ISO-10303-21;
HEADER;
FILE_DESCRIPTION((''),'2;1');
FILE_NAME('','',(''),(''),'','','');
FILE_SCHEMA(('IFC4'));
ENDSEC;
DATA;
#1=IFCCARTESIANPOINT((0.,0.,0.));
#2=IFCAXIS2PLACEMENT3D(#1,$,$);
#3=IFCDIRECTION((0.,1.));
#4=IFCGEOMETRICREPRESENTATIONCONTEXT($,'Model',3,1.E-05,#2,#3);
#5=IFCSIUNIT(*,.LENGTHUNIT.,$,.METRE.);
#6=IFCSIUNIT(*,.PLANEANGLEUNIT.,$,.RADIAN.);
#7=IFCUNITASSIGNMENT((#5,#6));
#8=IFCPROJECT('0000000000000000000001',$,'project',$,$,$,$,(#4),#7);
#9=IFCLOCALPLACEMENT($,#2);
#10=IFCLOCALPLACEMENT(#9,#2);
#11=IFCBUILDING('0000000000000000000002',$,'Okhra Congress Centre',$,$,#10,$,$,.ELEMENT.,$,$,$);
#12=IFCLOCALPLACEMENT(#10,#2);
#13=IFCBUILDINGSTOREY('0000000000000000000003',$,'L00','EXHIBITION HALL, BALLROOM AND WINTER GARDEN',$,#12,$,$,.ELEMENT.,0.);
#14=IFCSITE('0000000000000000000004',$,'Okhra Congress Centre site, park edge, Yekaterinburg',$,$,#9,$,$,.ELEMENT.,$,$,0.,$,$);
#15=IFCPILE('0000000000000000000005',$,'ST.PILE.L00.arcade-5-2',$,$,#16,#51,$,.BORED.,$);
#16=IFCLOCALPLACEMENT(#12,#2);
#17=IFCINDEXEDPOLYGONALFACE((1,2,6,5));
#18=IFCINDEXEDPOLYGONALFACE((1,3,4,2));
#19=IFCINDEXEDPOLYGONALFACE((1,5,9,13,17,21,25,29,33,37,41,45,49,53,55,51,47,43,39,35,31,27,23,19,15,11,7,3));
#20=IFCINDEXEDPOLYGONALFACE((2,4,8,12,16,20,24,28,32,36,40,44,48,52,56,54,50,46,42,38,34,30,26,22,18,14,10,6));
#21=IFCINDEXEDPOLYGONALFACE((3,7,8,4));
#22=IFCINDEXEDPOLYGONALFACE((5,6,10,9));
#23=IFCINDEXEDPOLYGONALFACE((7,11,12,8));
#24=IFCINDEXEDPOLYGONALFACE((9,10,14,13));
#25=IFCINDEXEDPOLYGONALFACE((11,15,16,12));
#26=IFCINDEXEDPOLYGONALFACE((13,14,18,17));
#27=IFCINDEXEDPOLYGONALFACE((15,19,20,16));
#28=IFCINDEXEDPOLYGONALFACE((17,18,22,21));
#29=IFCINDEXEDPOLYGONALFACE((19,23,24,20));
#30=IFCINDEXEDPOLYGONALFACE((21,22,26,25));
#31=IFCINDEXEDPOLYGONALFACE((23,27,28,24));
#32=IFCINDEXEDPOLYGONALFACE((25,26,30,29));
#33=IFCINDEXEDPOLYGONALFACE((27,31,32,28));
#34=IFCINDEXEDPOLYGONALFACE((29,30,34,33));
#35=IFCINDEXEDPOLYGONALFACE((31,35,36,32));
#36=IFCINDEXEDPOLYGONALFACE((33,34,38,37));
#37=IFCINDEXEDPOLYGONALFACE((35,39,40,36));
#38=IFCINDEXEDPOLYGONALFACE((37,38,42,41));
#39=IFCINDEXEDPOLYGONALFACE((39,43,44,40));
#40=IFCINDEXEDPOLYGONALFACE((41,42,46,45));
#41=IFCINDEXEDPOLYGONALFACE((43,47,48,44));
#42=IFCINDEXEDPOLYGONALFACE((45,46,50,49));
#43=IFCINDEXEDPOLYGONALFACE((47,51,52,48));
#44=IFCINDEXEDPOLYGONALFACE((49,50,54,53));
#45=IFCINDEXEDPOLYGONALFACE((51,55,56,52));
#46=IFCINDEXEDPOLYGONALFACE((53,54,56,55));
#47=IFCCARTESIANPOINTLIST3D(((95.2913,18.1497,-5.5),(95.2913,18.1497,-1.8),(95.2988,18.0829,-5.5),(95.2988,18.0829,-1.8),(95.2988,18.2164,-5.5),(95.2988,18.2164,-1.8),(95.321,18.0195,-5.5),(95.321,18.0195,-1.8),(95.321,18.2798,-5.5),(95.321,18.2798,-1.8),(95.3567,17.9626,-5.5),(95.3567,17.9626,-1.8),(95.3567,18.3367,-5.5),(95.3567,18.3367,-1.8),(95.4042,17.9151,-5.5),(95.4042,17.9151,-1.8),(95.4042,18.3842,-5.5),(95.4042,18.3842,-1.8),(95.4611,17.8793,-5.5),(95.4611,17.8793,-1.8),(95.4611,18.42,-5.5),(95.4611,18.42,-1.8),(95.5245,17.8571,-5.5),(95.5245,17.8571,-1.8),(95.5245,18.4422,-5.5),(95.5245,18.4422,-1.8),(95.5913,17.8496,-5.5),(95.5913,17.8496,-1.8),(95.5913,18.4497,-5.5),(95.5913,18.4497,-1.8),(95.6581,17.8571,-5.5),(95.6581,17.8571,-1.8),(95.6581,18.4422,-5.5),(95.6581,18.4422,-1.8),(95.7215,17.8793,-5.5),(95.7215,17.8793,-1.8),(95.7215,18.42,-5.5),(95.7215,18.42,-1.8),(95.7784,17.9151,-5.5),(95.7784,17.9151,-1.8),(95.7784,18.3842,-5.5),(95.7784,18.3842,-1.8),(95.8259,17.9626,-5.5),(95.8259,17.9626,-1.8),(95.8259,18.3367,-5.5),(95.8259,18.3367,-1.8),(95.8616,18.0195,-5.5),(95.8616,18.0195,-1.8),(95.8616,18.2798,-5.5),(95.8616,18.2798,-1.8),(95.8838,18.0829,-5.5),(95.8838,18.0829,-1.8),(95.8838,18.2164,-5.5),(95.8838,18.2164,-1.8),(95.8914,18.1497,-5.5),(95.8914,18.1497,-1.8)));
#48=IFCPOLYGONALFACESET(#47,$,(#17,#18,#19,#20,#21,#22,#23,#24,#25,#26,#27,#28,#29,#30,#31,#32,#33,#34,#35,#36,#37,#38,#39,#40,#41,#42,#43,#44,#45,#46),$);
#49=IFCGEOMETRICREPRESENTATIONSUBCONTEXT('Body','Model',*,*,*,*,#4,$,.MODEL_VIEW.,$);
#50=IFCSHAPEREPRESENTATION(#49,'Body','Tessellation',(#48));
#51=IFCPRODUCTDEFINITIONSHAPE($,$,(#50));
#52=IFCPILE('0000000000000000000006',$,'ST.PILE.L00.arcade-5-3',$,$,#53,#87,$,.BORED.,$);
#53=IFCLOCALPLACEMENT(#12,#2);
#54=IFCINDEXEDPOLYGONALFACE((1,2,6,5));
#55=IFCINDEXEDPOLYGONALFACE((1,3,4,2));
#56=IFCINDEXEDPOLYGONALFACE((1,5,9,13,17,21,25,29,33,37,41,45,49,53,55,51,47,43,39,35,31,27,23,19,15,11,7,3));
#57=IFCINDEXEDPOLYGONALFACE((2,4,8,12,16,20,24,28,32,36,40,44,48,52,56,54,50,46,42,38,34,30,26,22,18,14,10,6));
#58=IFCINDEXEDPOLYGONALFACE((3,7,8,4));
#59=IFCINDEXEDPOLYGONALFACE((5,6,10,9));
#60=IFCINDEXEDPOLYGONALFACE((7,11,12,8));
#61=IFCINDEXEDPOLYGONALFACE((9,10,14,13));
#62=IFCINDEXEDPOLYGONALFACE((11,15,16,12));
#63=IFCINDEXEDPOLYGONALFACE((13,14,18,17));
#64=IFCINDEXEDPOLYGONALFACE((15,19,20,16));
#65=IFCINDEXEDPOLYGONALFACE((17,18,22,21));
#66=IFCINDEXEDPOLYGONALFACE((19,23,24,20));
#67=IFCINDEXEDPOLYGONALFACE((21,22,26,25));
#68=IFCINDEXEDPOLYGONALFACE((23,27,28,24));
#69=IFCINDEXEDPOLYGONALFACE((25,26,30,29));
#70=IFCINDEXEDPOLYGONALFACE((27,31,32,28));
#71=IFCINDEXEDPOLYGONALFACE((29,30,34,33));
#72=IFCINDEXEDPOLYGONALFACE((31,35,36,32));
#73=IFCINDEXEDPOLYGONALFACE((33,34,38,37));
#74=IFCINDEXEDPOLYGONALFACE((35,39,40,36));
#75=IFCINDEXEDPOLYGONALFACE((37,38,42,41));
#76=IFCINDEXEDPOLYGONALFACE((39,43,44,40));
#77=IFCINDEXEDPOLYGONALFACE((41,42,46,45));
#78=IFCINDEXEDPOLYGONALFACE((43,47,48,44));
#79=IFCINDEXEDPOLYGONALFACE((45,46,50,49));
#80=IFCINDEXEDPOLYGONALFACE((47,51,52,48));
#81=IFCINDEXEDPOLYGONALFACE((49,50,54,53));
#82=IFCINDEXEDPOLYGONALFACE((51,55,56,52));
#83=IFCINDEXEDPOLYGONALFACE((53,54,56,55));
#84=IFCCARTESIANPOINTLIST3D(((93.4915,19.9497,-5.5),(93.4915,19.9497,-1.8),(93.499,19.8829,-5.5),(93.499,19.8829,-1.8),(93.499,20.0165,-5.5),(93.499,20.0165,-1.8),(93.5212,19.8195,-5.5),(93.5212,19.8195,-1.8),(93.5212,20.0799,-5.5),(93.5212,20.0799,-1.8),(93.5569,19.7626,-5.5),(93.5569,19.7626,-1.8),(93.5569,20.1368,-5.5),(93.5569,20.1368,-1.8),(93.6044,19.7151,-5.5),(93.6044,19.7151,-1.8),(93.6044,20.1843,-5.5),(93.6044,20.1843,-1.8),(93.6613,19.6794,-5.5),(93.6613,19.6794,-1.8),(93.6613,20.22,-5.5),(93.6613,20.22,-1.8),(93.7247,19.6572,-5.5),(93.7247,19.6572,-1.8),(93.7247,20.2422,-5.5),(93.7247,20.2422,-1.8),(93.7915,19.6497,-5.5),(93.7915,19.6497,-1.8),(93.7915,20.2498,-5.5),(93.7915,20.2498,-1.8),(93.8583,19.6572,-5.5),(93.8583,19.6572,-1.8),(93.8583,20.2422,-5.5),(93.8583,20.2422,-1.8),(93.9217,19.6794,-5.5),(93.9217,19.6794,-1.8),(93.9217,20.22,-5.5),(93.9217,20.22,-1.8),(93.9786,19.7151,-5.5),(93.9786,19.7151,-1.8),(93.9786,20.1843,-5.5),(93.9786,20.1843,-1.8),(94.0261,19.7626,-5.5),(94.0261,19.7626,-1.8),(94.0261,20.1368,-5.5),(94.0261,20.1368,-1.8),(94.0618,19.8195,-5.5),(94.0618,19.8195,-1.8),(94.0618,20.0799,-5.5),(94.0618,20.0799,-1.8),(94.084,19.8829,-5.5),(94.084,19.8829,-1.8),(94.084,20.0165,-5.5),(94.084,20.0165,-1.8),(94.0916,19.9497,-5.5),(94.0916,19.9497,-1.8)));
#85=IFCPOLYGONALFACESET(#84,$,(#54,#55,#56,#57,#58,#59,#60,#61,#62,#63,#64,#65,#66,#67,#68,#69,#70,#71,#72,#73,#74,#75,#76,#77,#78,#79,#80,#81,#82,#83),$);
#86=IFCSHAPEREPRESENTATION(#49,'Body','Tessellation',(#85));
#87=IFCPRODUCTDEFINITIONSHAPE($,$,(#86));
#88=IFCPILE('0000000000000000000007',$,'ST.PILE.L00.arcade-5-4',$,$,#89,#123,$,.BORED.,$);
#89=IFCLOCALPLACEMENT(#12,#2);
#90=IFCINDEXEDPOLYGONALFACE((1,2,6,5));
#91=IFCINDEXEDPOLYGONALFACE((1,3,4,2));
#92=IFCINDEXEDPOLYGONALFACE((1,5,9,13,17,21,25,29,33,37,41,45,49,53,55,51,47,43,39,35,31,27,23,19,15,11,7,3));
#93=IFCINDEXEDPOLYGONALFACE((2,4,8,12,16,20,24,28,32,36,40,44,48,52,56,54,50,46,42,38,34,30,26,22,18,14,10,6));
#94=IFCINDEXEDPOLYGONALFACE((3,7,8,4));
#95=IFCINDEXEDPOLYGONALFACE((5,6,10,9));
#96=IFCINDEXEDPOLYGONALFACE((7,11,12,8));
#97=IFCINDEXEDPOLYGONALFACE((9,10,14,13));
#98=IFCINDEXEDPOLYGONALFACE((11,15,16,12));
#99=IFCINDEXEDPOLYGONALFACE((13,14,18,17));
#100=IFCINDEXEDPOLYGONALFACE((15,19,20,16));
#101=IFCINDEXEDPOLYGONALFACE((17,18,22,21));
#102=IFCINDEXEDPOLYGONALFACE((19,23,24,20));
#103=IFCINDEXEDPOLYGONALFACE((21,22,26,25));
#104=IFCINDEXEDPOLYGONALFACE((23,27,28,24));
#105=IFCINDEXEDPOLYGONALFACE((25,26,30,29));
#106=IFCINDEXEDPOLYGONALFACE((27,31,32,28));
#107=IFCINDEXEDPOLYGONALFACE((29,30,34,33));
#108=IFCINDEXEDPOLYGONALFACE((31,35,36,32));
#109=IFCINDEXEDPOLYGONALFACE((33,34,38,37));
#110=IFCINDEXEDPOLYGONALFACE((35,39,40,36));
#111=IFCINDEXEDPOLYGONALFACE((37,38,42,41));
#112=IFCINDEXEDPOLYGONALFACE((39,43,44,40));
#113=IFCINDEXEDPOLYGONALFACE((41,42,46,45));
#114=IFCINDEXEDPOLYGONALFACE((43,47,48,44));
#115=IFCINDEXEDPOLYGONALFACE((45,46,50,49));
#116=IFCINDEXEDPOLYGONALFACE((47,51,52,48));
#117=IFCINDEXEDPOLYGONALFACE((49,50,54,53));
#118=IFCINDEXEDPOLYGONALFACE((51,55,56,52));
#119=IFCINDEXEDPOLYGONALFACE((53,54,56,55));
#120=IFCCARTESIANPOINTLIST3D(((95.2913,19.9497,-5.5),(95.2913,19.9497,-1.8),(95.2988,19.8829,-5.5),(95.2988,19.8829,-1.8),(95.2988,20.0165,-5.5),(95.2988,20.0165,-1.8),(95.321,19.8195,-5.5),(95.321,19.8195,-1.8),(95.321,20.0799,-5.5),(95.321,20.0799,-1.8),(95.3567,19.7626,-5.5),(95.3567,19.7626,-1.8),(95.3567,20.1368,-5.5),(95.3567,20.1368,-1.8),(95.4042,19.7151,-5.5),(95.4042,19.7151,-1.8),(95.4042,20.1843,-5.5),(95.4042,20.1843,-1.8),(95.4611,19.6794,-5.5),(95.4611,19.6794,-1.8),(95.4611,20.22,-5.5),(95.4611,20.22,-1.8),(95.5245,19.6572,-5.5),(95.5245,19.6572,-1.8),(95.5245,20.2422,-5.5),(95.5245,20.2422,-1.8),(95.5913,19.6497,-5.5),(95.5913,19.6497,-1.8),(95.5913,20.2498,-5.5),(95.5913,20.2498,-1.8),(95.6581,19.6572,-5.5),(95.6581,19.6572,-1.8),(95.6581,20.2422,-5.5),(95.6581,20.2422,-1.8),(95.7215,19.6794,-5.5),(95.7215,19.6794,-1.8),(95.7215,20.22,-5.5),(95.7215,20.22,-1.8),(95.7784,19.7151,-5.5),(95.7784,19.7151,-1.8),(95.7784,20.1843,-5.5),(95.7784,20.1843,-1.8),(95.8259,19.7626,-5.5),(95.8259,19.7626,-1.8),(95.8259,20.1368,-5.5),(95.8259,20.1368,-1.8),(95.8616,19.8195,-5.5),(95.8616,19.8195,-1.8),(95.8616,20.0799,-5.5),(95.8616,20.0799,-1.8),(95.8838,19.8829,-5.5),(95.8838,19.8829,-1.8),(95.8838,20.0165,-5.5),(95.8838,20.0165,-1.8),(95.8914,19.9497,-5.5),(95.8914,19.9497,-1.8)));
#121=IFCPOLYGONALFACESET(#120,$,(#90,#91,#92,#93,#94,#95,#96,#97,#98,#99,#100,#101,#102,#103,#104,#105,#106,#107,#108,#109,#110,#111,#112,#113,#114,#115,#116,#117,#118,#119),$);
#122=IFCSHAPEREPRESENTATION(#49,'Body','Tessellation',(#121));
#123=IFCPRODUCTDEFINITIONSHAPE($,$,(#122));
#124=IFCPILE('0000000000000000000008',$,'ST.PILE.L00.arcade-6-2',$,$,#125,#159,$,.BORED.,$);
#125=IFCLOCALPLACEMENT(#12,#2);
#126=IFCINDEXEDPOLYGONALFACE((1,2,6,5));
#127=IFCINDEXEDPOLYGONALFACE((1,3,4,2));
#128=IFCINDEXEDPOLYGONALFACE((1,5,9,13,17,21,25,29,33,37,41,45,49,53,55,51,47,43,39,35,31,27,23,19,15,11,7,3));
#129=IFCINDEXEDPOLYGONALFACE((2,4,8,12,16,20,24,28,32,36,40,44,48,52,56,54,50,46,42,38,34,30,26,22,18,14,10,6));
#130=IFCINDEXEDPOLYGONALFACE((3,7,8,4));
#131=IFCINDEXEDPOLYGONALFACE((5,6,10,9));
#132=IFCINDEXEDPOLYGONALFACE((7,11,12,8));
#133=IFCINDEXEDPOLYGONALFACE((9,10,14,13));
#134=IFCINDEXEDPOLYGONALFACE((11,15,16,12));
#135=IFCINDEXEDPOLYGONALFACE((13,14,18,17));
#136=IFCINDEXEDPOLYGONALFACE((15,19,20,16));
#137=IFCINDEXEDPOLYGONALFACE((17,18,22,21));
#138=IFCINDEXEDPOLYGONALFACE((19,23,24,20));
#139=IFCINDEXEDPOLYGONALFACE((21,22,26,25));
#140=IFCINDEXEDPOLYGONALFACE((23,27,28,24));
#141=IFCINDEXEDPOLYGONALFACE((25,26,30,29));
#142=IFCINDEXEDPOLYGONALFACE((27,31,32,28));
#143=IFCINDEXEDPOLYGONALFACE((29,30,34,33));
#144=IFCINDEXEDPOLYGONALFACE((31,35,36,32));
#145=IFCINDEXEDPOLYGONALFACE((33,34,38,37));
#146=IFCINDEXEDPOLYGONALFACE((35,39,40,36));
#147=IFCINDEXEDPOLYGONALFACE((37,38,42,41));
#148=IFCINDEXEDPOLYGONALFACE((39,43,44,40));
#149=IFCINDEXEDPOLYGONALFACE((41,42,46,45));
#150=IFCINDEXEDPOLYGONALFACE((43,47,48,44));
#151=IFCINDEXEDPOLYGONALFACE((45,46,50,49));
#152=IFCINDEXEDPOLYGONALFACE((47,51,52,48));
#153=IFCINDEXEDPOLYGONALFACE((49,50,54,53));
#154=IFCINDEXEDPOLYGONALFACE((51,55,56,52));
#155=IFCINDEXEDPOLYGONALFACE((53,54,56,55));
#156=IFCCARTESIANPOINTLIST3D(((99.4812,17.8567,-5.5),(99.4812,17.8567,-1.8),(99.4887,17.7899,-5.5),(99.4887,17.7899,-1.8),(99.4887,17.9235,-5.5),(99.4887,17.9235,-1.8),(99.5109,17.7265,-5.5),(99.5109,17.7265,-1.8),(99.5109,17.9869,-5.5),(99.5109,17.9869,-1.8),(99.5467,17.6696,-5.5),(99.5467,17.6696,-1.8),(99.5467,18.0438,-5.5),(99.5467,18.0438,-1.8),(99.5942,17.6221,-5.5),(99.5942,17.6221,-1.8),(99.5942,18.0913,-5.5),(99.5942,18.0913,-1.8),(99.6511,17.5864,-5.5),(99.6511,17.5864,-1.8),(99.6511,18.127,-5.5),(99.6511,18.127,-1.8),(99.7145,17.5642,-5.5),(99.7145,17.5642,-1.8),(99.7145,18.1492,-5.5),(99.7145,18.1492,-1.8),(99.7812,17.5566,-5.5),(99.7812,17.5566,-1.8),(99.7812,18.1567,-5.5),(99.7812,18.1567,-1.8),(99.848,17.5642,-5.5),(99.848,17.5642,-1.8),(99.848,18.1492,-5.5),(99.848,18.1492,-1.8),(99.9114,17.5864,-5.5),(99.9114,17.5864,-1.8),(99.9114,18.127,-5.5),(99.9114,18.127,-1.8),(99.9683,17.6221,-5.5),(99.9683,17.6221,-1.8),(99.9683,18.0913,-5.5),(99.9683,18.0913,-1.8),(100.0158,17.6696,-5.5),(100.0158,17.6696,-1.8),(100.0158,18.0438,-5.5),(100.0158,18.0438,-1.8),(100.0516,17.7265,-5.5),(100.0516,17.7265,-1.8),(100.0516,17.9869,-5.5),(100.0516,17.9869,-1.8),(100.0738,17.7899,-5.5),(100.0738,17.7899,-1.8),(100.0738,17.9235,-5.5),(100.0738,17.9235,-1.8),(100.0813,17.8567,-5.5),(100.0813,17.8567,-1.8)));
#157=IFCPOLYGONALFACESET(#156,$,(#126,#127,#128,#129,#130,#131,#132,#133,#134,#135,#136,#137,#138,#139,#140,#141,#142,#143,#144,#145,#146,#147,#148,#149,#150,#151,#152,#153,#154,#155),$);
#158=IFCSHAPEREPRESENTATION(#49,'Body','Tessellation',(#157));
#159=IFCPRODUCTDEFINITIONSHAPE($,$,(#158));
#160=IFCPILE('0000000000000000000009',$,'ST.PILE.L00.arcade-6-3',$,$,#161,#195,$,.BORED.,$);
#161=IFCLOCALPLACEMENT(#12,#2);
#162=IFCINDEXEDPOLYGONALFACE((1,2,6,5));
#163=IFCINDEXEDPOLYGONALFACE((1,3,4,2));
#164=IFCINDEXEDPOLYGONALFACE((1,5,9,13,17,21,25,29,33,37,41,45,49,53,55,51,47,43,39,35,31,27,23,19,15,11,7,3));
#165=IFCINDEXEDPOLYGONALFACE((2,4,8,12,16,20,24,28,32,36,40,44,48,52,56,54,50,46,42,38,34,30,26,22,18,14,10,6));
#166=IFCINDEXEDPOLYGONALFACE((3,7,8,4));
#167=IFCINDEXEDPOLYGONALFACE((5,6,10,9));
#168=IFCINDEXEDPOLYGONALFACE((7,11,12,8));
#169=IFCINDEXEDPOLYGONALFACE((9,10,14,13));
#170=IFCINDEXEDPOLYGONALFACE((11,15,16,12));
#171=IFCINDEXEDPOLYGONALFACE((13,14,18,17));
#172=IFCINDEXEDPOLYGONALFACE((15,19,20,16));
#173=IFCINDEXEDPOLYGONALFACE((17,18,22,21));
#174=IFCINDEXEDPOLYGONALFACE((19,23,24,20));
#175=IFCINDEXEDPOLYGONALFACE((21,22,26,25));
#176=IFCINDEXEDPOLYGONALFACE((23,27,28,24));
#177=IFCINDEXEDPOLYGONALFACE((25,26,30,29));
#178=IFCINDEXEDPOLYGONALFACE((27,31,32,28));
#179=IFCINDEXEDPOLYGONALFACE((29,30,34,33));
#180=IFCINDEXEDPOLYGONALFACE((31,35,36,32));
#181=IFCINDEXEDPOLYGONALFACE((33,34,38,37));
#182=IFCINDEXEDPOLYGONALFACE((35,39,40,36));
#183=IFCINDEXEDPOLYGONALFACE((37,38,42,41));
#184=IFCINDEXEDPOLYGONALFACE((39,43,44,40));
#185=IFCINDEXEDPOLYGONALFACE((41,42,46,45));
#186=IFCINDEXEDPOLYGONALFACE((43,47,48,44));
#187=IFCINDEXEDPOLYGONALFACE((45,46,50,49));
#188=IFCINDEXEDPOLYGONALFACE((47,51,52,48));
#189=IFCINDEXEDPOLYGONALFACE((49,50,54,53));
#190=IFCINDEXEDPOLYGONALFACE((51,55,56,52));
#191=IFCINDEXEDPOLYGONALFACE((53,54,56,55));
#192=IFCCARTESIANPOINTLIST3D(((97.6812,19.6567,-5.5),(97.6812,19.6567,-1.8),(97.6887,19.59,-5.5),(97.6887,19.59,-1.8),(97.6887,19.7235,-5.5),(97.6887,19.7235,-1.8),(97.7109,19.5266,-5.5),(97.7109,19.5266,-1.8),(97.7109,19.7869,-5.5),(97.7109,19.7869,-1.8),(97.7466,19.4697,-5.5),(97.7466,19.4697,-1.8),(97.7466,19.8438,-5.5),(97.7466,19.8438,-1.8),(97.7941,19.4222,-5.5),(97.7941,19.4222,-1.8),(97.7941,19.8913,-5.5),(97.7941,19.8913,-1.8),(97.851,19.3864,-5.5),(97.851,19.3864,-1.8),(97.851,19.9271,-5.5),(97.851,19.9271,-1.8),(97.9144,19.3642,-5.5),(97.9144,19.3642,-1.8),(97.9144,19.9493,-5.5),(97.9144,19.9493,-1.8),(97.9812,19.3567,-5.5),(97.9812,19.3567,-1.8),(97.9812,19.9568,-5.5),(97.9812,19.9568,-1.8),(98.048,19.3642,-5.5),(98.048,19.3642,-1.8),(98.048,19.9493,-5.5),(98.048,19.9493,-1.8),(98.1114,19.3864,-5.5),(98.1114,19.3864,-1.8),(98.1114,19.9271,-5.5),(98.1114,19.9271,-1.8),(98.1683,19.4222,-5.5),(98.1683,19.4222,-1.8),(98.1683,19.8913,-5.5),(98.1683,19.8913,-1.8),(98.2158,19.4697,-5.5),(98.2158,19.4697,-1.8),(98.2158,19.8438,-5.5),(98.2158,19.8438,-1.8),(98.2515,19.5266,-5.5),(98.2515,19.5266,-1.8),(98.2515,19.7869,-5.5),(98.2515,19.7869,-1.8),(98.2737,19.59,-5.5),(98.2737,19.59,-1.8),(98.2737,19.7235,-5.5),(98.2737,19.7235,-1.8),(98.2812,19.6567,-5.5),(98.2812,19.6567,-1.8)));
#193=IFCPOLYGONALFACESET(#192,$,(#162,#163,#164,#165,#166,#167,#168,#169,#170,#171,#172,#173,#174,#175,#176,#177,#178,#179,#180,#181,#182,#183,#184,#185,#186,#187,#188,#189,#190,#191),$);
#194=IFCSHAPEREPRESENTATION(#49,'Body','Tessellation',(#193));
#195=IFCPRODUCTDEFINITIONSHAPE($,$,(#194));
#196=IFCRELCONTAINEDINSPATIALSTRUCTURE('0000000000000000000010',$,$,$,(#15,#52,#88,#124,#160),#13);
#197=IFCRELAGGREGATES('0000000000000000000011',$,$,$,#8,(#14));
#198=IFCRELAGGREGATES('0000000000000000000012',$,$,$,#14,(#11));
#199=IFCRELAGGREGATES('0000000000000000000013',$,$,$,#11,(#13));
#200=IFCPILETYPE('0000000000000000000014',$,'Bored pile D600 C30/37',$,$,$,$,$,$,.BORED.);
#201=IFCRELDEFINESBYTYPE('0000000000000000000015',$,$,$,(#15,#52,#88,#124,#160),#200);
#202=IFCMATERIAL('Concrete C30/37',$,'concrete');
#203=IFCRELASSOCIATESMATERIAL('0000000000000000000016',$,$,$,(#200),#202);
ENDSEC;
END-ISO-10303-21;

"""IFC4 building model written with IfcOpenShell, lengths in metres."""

from ifc_helpers import new_model, si_unit, direction, frame, origin, origin_2d, place, context, subcontext, project, spatial, circle, extrude, material, material_profile, profile_set, type_object, element, save


model = new_model("IFC4")

# Units and contexts
model_context = context("Model", 3, precision=1e-05, world=origin(), true_north=direction((0.0, 1.0)))
body_context = subcontext(model_context, "Body", "Model", "MODEL_VIEW")
ifc_project = project(units=[si_unit("LENGTHUNIT", "METRE"), si_unit("PLANEANGLEUNIT", "RADIAN")], contexts=[model_context])

# Site, building, storey
site_placement = place(None, origin())
site = spatial("IfcSite", under=ifc_project, at=site_placement, Name="Okhra Congress Centre site, park edge, Yekaterinburg", CompositionType="ELEMENT", RefElevation=0.0)
building_placement = place(site_placement, origin())
building = spatial("IfcBuilding", under=site, at=building_placement, Name="Okhra Congress Centre", CompositionType="ELEMENT")
storey_placement = place(building_placement, origin())
storey = spatial("IfcBuildingStorey", under=building, at=storey_placement, Name="L00", Description="EXHIBITION HALL, BALLROOM AND WINTER GARDEN", CompositionType="ELEMENT", Elevation=0.0)

# Piles
ifc_material_1 = material(Name="Concrete C30/37", Category="concrete")
ifc_material_profile_1 = material_profile(ifc_material_1, circle(Radius=0.3, at=origin_2d()), Name="D600")
ifc_profile_set_1 = profile_set([ifc_material_profile_1], Name="Concrete C30/37")
pile_type_1 = type_object("IfcPileType", Name="Bored pile D600 C30/37", PredefinedType="BORED", material=ifc_profile_set_1)
for number, where, z_axis, x_axis, name in (
    (1, (95.5913, 18.1497, -1.8), (0.0, 0.0, -1.0), (1.0, 0.0, 0.0), "ST.PILE.L00.arcade-5-2"),
    (2, (93.7915, 19.9497, -1.8), (0.0, 0.0, -1.0), (1.0, 0.0, 0.0), "ST.PILE.L00.arcade-5-3"),
    (3, (95.5913, 19.9497, -1.8), (0.0, 0.0, -1.0), (1.0, 0.0, 0.0), "ST.PILE.L00.arcade-5-4"),
    (4, (99.7812, 17.8567, -1.8), (0.0, 0.0, -1.0), (1.0, 0.0, 0.0), "ST.PILE.L00.arcade-6-2"),
    (5, (97.9812, 19.6567, -1.8), (0.0, 0.0, -1.0), (1.0, 0.0, 0.0), "ST.PILE.L00.arcade-6-3"),
):
    element("IfcPile", number, at=place(storey_placement, frame(where, z_axis=z_axis, x_axis=x_axis)), inside=storey, type_object=pile_type_1, Name=name, PredefinedType="BORED", context=body_context, shape_type="SweptSolid", body=[
        extrude(circle(Radius=0.3, at=origin_2d()), origin(), (0.0, 0.0, 1.0), 3.7),
    ])

save(model, "model.ifc")
